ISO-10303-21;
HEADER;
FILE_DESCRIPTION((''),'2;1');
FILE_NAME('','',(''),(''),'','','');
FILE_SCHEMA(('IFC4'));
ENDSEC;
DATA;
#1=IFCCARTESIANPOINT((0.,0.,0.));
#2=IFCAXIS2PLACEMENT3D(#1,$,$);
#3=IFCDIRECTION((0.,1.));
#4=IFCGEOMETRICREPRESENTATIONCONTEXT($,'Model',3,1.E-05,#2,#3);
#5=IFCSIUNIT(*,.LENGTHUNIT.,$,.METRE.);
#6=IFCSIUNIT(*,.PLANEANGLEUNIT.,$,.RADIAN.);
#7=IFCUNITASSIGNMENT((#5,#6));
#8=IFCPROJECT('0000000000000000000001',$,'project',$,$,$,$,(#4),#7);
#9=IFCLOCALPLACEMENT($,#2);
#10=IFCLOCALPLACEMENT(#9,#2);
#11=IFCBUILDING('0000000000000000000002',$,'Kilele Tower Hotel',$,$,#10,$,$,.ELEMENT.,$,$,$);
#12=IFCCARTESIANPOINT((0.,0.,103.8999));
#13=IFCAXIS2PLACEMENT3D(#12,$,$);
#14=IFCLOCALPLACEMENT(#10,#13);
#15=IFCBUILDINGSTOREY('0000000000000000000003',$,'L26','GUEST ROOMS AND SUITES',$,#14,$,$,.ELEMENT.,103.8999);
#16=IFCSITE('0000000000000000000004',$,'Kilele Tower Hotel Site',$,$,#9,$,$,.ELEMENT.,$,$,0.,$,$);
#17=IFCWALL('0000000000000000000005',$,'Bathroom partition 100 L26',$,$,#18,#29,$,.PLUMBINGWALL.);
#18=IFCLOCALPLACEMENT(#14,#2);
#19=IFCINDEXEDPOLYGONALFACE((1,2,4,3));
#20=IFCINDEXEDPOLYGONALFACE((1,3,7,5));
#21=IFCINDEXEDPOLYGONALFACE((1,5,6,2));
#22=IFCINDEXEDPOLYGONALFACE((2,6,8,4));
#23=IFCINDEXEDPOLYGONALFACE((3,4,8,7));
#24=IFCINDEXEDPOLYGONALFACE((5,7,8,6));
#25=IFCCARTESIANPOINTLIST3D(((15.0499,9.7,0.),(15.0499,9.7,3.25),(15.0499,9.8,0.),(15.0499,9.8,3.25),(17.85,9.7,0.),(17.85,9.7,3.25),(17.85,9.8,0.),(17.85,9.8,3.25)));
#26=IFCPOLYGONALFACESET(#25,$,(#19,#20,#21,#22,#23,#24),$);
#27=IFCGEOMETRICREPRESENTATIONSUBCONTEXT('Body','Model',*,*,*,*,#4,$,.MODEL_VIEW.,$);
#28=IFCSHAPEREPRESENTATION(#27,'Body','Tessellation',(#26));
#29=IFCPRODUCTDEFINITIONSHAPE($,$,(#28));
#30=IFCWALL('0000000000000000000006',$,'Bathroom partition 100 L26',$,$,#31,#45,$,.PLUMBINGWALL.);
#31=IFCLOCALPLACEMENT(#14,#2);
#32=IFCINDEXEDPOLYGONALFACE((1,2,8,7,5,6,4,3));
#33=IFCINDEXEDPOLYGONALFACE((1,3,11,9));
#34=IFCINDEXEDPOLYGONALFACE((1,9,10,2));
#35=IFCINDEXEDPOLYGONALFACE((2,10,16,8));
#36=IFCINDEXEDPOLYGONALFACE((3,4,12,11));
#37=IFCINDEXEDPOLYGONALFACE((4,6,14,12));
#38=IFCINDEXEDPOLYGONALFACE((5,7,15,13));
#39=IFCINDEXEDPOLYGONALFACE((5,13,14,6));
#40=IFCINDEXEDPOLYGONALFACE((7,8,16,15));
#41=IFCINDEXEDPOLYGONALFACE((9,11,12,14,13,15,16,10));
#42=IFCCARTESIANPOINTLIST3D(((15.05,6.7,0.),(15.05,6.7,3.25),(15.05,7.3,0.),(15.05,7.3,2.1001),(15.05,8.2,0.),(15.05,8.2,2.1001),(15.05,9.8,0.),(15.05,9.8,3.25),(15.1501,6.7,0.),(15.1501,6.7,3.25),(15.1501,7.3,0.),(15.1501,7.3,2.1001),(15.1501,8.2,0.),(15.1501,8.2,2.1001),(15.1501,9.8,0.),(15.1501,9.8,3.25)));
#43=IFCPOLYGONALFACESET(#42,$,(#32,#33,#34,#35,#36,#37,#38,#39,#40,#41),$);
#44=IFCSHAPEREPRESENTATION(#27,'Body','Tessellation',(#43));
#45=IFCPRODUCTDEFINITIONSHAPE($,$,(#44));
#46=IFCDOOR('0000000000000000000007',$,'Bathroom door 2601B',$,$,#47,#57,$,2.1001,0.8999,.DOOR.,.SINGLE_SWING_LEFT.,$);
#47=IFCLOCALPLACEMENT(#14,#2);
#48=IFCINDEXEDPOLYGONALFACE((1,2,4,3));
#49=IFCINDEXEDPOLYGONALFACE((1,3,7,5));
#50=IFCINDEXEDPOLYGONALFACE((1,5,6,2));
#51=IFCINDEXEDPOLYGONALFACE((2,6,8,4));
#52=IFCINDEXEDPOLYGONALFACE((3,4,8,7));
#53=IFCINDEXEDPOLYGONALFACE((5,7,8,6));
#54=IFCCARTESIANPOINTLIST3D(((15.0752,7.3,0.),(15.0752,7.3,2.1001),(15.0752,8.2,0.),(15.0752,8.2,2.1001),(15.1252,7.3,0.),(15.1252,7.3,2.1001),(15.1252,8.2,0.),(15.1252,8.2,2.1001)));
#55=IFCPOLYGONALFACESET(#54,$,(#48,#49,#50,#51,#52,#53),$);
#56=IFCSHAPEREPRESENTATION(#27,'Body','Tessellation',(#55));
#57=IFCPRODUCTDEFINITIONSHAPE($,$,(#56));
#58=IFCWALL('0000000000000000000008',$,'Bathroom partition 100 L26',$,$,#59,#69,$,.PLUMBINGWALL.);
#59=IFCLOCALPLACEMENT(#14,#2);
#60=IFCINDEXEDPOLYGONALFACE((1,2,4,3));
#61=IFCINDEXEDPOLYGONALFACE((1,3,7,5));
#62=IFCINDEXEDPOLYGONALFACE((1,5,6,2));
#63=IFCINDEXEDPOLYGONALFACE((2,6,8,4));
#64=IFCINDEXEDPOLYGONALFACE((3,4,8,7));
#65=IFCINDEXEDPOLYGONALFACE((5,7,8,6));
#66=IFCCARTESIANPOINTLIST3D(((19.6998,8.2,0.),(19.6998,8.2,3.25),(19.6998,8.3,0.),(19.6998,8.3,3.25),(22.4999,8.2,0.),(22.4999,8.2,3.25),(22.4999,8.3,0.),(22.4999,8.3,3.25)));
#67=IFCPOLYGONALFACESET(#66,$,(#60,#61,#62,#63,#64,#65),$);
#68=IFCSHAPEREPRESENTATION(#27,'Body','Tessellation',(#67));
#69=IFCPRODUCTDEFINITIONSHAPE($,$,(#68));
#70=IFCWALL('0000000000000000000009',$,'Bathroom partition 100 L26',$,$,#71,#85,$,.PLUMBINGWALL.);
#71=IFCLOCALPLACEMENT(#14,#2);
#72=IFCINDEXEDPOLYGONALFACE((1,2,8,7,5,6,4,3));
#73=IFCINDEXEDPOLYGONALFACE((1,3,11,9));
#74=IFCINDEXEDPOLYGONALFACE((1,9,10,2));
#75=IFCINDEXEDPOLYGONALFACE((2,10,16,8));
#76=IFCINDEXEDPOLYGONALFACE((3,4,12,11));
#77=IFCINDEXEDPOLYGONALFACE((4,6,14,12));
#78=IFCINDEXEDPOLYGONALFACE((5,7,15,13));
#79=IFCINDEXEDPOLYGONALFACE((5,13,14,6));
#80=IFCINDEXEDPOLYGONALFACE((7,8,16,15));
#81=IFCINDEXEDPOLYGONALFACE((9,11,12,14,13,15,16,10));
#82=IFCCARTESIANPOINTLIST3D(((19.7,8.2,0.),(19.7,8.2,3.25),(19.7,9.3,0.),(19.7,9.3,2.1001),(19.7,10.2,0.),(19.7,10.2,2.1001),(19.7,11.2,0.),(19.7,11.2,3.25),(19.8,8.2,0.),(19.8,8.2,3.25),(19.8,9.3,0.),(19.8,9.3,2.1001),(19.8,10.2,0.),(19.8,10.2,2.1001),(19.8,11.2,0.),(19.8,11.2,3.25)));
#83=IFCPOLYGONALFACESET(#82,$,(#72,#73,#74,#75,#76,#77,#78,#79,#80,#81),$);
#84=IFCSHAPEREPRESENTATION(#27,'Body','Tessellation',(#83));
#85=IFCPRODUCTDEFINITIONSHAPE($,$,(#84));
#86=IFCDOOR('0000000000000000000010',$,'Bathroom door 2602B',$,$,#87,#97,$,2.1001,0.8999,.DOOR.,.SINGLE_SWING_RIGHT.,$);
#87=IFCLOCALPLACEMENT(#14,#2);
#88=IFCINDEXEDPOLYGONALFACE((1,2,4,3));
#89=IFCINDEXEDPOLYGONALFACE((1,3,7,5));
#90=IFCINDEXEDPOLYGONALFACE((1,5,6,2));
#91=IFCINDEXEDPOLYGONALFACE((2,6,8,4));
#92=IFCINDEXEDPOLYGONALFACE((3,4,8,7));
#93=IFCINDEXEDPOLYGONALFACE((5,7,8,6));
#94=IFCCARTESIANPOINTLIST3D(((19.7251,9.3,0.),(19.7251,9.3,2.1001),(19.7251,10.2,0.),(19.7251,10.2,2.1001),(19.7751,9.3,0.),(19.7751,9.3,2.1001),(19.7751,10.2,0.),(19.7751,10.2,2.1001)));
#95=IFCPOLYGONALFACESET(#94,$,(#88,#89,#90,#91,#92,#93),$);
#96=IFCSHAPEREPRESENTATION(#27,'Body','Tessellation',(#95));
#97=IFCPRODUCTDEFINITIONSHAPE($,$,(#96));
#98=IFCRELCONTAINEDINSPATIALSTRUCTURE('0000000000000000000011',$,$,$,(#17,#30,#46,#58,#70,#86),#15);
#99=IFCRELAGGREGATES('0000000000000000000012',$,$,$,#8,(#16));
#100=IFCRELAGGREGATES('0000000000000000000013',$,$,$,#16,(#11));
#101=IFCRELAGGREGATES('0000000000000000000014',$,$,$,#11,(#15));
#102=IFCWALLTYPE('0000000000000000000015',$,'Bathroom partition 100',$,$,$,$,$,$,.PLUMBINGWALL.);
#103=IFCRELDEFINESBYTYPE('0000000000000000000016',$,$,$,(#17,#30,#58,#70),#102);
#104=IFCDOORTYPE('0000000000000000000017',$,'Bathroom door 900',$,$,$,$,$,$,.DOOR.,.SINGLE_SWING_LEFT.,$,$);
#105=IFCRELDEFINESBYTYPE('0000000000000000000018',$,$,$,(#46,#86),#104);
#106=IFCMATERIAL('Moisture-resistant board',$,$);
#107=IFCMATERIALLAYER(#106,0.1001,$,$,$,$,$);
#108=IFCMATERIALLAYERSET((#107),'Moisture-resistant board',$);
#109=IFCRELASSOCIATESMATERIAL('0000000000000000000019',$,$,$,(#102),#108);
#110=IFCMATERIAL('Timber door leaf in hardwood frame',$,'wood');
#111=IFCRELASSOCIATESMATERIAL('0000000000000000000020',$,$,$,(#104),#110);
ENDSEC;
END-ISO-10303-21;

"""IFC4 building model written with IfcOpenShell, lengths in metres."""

from ifc_helpers import new_model, si_unit, direction, frame, frame_2d, origin, place, context, subcontext, project, spatial, rectangle, extrude, material, layer, layer_set, type_object, element, fill, save


model = new_model("IFC4")

# Units and contexts
model_context = context("Model", 3, precision=1e-05, world=origin(), true_north=direction((0.0, 1.0)))
body_context = subcontext(model_context, "Body", "Model", "MODEL_VIEW")
ifc_project = project(units=[si_unit("LENGTHUNIT", "METRE"), si_unit("PLANEANGLEUNIT", "RADIAN")], contexts=[model_context])

# Site, building, storey
site_placement = place(None, origin())
site = spatial("IfcSite", under=ifc_project, at=site_placement, Name="Kilele Tower Hotel Site", CompositionType="ELEMENT", RefElevation=0.0)
building_placement = place(site_placement, origin())
building = spatial("IfcBuilding", under=site, at=building_placement, Name="Kilele Tower Hotel", CompositionType="ELEMENT")
storey_placement = place(building_placement, frame((0.0, 0.0, 103.8999)))
storey = spatial("IfcBuildingStorey", under=building, at=storey_placement, Name="L26", Description="GUEST ROOMS AND SUITES", CompositionType="ELEMENT", Elevation=103.8999)

# Wall
ifc_material_1 = material(Name="Moisture-resistant board")
ifc_layer_1 = layer(ifc_material_1, 0.1001)
ifc_layer_set_1 = layer_set([ifc_layer_1], Name="Moisture-resistant board")
wall_type_1 = type_object("IfcWallType", Name="Bathroom partition 100", PredefinedType="PLUMBINGWALL", material=ifc_layer_set_1)
wall_1_placement = place(storey_placement, frame((15.05, 9.75, 0.0), z_axis=(0.0, 0.0, 1.0), x_axis=(1.0, 0.0, 0.0)))
element("IfcWall", 1, at=wall_1_placement, inside=storey, type_object=wall_type_1, Name="Bathroom partition 100 L26", PredefinedType="PLUMBINGWALL", context=body_context, shape_type="SweptSolid", body=[
    extrude(rectangle(XDim=2.8, YDim=0.1001, at=frame_2d((1.3999, 0.0))), origin(), (0.0, 0.0, 1.0), 3.25),
])

# Wall, opening, door
wall_2_placement = place(storey_placement, frame((15.1001, 9.8, 0.0), z_axis=(0.0, 0.0, 1.0), x_axis=(0.0, -1.0, 0.0)))
wall_2 = element("IfcWall", 2, at=wall_2_placement, inside=storey, type_object=wall_type_1, Name="Bathroom partition 100 L26", PredefinedType="PLUMBINGWALL", context=body_context, shape_type="SweptSolid", body=[
    extrude(rectangle(XDim=3.1001, YDim=0.1001, at=frame_2d((1.55, 0.0))), origin(), (0.0, 0.0, 1.0), 3.25),
])
opening_1_placement = place(wall_2_placement, frame((2.5, 0.0, 0.0), z_axis=(0.0, 0.0, 1.0), x_axis=(-1.0, 0.0, 0.0)))
opening_1 = element("IfcOpeningElement", 3, at=opening_1_placement, cuts=wall_2, PredefinedType="OPENING", context=body_context, shape_type="SweptSolid", body=[
    extrude(rectangle(XDim=0.8999, YDim=2.1001, at=frame_2d((0.45, 1.05))), frame((0.0, 0.0601, 0.0), z_axis=(0.0, -1.0, 0.0), x_axis=(1.0, 0.0, 0.0)), (0.0, 0.0, 1.0), 0.1201),
])
ifc_material_2 = material(Name="Timber door leaf in hardwood frame", Category="wood")
door_type_1 = type_object("IfcDoorType", Name="Bathroom door 900", OperationType="SINGLE_SWING_LEFT", PredefinedType="DOOR", material=ifc_material_2)
door_1_placement = place(opening_1_placement, origin())
door_1 = element("IfcDoor", 4, at=door_1_placement, inside=storey, type_object=door_type_1, Name="Bathroom door 2601B", OperationType="SINGLE_SWING_LEFT", OverallHeight=2.1001, OverallWidth=0.8999, PredefinedType="DOOR", context=body_context, shape_type="SweptSolid", body=[
    extrude(rectangle(XDim=0.8999, YDim=2.1001, at=frame_2d((0.45, 1.05))), frame((0.0, 0.0249, 0.0), z_axis=(0.0, -1.0, 0.0), x_axis=(1.0, 0.0, 0.0)), (0.0, 0.0, 1.0), 0.05),
])
fill(opening_1, door_1)

# Wall
wall_3_placement = place(storey_placement, frame((19.7, 8.25, 0.0), z_axis=(0.0, 0.0, 1.0), x_axis=(1.0, 0.0, 0.0)))
element("IfcWall", 5, at=wall_3_placement, inside=storey, type_object=wall_type_1, Name="Bathroom partition 100 L26", PredefinedType="PLUMBINGWALL", context=body_context, shape_type="SweptSolid", body=[
    extrude(rectangle(XDim=2.8, YDim=0.1001, at=frame_2d((1.3999, 0.0))), origin(), (0.0, 0.0, 1.0), 3.25),
])

# Wall, opening, door
wall_4_placement = place(storey_placement, frame((19.75, 11.2, 0.0), z_axis=(0.0, 0.0, 1.0), x_axis=(0.0, -1.0, 0.0)))
wall_4 = element("IfcWall", 6, at=wall_4_placement, inside=storey, type_object=wall_type_1, Name="Bathroom partition 100 L26", PredefinedType="PLUMBINGWALL", context=body_context, shape_type="SweptSolid", body=[
    extrude(rectangle(XDim=3.0, YDim=0.1001, at=frame_2d((1.5, 0.0))), origin(), (0.0, 0.0, 1.0), 3.25),
])
opening_2_placement = place(wall_4_placement, frame((1.8999, 0.0, 0.0), z_axis=(0.0, 0.0, 1.0), x_axis=(-1.0, 0.0, 0.0)))
opening_2 = element("IfcOpeningElement", 7, at=opening_2_placement, cuts=wall_4, PredefinedType="OPENING", context=body_context, shape_type="SweptSolid", body=[
    extrude(rectangle(XDim=0.8999, YDim=2.1001, at=frame_2d((0.45, 1.05))), frame((0.0, 0.0601, 0.0), z_axis=(0.0, -1.0, 0.0), x_axis=(1.0, 0.0, 0.0)), (0.0, 0.0, 1.0), 0.1201),
])
door_2_placement = place(opening_2_placement, origin())
door_2 = element("IfcDoor", 8, at=door_2_placement, inside=storey, type_object=door_type_1, Name="Bathroom door 2602B", OperationType="SINGLE_SWING_RIGHT", OverallHeight=2.1001, OverallWidth=0.8999, PredefinedType="DOOR", context=body_context, shape_type="SweptSolid", body=[
    extrude(rectangle(XDim=0.8999, YDim=2.1001, at=frame_2d((0.45, 1.05))), frame((0.0, 0.0249, 0.0), z_axis=(0.0, -1.0, 0.0), x_axis=(1.0, 0.0, 0.0)), (0.0, 0.0, 1.0), 0.05),
])
fill(opening_2, door_2)

save(model, "model.ifc")
